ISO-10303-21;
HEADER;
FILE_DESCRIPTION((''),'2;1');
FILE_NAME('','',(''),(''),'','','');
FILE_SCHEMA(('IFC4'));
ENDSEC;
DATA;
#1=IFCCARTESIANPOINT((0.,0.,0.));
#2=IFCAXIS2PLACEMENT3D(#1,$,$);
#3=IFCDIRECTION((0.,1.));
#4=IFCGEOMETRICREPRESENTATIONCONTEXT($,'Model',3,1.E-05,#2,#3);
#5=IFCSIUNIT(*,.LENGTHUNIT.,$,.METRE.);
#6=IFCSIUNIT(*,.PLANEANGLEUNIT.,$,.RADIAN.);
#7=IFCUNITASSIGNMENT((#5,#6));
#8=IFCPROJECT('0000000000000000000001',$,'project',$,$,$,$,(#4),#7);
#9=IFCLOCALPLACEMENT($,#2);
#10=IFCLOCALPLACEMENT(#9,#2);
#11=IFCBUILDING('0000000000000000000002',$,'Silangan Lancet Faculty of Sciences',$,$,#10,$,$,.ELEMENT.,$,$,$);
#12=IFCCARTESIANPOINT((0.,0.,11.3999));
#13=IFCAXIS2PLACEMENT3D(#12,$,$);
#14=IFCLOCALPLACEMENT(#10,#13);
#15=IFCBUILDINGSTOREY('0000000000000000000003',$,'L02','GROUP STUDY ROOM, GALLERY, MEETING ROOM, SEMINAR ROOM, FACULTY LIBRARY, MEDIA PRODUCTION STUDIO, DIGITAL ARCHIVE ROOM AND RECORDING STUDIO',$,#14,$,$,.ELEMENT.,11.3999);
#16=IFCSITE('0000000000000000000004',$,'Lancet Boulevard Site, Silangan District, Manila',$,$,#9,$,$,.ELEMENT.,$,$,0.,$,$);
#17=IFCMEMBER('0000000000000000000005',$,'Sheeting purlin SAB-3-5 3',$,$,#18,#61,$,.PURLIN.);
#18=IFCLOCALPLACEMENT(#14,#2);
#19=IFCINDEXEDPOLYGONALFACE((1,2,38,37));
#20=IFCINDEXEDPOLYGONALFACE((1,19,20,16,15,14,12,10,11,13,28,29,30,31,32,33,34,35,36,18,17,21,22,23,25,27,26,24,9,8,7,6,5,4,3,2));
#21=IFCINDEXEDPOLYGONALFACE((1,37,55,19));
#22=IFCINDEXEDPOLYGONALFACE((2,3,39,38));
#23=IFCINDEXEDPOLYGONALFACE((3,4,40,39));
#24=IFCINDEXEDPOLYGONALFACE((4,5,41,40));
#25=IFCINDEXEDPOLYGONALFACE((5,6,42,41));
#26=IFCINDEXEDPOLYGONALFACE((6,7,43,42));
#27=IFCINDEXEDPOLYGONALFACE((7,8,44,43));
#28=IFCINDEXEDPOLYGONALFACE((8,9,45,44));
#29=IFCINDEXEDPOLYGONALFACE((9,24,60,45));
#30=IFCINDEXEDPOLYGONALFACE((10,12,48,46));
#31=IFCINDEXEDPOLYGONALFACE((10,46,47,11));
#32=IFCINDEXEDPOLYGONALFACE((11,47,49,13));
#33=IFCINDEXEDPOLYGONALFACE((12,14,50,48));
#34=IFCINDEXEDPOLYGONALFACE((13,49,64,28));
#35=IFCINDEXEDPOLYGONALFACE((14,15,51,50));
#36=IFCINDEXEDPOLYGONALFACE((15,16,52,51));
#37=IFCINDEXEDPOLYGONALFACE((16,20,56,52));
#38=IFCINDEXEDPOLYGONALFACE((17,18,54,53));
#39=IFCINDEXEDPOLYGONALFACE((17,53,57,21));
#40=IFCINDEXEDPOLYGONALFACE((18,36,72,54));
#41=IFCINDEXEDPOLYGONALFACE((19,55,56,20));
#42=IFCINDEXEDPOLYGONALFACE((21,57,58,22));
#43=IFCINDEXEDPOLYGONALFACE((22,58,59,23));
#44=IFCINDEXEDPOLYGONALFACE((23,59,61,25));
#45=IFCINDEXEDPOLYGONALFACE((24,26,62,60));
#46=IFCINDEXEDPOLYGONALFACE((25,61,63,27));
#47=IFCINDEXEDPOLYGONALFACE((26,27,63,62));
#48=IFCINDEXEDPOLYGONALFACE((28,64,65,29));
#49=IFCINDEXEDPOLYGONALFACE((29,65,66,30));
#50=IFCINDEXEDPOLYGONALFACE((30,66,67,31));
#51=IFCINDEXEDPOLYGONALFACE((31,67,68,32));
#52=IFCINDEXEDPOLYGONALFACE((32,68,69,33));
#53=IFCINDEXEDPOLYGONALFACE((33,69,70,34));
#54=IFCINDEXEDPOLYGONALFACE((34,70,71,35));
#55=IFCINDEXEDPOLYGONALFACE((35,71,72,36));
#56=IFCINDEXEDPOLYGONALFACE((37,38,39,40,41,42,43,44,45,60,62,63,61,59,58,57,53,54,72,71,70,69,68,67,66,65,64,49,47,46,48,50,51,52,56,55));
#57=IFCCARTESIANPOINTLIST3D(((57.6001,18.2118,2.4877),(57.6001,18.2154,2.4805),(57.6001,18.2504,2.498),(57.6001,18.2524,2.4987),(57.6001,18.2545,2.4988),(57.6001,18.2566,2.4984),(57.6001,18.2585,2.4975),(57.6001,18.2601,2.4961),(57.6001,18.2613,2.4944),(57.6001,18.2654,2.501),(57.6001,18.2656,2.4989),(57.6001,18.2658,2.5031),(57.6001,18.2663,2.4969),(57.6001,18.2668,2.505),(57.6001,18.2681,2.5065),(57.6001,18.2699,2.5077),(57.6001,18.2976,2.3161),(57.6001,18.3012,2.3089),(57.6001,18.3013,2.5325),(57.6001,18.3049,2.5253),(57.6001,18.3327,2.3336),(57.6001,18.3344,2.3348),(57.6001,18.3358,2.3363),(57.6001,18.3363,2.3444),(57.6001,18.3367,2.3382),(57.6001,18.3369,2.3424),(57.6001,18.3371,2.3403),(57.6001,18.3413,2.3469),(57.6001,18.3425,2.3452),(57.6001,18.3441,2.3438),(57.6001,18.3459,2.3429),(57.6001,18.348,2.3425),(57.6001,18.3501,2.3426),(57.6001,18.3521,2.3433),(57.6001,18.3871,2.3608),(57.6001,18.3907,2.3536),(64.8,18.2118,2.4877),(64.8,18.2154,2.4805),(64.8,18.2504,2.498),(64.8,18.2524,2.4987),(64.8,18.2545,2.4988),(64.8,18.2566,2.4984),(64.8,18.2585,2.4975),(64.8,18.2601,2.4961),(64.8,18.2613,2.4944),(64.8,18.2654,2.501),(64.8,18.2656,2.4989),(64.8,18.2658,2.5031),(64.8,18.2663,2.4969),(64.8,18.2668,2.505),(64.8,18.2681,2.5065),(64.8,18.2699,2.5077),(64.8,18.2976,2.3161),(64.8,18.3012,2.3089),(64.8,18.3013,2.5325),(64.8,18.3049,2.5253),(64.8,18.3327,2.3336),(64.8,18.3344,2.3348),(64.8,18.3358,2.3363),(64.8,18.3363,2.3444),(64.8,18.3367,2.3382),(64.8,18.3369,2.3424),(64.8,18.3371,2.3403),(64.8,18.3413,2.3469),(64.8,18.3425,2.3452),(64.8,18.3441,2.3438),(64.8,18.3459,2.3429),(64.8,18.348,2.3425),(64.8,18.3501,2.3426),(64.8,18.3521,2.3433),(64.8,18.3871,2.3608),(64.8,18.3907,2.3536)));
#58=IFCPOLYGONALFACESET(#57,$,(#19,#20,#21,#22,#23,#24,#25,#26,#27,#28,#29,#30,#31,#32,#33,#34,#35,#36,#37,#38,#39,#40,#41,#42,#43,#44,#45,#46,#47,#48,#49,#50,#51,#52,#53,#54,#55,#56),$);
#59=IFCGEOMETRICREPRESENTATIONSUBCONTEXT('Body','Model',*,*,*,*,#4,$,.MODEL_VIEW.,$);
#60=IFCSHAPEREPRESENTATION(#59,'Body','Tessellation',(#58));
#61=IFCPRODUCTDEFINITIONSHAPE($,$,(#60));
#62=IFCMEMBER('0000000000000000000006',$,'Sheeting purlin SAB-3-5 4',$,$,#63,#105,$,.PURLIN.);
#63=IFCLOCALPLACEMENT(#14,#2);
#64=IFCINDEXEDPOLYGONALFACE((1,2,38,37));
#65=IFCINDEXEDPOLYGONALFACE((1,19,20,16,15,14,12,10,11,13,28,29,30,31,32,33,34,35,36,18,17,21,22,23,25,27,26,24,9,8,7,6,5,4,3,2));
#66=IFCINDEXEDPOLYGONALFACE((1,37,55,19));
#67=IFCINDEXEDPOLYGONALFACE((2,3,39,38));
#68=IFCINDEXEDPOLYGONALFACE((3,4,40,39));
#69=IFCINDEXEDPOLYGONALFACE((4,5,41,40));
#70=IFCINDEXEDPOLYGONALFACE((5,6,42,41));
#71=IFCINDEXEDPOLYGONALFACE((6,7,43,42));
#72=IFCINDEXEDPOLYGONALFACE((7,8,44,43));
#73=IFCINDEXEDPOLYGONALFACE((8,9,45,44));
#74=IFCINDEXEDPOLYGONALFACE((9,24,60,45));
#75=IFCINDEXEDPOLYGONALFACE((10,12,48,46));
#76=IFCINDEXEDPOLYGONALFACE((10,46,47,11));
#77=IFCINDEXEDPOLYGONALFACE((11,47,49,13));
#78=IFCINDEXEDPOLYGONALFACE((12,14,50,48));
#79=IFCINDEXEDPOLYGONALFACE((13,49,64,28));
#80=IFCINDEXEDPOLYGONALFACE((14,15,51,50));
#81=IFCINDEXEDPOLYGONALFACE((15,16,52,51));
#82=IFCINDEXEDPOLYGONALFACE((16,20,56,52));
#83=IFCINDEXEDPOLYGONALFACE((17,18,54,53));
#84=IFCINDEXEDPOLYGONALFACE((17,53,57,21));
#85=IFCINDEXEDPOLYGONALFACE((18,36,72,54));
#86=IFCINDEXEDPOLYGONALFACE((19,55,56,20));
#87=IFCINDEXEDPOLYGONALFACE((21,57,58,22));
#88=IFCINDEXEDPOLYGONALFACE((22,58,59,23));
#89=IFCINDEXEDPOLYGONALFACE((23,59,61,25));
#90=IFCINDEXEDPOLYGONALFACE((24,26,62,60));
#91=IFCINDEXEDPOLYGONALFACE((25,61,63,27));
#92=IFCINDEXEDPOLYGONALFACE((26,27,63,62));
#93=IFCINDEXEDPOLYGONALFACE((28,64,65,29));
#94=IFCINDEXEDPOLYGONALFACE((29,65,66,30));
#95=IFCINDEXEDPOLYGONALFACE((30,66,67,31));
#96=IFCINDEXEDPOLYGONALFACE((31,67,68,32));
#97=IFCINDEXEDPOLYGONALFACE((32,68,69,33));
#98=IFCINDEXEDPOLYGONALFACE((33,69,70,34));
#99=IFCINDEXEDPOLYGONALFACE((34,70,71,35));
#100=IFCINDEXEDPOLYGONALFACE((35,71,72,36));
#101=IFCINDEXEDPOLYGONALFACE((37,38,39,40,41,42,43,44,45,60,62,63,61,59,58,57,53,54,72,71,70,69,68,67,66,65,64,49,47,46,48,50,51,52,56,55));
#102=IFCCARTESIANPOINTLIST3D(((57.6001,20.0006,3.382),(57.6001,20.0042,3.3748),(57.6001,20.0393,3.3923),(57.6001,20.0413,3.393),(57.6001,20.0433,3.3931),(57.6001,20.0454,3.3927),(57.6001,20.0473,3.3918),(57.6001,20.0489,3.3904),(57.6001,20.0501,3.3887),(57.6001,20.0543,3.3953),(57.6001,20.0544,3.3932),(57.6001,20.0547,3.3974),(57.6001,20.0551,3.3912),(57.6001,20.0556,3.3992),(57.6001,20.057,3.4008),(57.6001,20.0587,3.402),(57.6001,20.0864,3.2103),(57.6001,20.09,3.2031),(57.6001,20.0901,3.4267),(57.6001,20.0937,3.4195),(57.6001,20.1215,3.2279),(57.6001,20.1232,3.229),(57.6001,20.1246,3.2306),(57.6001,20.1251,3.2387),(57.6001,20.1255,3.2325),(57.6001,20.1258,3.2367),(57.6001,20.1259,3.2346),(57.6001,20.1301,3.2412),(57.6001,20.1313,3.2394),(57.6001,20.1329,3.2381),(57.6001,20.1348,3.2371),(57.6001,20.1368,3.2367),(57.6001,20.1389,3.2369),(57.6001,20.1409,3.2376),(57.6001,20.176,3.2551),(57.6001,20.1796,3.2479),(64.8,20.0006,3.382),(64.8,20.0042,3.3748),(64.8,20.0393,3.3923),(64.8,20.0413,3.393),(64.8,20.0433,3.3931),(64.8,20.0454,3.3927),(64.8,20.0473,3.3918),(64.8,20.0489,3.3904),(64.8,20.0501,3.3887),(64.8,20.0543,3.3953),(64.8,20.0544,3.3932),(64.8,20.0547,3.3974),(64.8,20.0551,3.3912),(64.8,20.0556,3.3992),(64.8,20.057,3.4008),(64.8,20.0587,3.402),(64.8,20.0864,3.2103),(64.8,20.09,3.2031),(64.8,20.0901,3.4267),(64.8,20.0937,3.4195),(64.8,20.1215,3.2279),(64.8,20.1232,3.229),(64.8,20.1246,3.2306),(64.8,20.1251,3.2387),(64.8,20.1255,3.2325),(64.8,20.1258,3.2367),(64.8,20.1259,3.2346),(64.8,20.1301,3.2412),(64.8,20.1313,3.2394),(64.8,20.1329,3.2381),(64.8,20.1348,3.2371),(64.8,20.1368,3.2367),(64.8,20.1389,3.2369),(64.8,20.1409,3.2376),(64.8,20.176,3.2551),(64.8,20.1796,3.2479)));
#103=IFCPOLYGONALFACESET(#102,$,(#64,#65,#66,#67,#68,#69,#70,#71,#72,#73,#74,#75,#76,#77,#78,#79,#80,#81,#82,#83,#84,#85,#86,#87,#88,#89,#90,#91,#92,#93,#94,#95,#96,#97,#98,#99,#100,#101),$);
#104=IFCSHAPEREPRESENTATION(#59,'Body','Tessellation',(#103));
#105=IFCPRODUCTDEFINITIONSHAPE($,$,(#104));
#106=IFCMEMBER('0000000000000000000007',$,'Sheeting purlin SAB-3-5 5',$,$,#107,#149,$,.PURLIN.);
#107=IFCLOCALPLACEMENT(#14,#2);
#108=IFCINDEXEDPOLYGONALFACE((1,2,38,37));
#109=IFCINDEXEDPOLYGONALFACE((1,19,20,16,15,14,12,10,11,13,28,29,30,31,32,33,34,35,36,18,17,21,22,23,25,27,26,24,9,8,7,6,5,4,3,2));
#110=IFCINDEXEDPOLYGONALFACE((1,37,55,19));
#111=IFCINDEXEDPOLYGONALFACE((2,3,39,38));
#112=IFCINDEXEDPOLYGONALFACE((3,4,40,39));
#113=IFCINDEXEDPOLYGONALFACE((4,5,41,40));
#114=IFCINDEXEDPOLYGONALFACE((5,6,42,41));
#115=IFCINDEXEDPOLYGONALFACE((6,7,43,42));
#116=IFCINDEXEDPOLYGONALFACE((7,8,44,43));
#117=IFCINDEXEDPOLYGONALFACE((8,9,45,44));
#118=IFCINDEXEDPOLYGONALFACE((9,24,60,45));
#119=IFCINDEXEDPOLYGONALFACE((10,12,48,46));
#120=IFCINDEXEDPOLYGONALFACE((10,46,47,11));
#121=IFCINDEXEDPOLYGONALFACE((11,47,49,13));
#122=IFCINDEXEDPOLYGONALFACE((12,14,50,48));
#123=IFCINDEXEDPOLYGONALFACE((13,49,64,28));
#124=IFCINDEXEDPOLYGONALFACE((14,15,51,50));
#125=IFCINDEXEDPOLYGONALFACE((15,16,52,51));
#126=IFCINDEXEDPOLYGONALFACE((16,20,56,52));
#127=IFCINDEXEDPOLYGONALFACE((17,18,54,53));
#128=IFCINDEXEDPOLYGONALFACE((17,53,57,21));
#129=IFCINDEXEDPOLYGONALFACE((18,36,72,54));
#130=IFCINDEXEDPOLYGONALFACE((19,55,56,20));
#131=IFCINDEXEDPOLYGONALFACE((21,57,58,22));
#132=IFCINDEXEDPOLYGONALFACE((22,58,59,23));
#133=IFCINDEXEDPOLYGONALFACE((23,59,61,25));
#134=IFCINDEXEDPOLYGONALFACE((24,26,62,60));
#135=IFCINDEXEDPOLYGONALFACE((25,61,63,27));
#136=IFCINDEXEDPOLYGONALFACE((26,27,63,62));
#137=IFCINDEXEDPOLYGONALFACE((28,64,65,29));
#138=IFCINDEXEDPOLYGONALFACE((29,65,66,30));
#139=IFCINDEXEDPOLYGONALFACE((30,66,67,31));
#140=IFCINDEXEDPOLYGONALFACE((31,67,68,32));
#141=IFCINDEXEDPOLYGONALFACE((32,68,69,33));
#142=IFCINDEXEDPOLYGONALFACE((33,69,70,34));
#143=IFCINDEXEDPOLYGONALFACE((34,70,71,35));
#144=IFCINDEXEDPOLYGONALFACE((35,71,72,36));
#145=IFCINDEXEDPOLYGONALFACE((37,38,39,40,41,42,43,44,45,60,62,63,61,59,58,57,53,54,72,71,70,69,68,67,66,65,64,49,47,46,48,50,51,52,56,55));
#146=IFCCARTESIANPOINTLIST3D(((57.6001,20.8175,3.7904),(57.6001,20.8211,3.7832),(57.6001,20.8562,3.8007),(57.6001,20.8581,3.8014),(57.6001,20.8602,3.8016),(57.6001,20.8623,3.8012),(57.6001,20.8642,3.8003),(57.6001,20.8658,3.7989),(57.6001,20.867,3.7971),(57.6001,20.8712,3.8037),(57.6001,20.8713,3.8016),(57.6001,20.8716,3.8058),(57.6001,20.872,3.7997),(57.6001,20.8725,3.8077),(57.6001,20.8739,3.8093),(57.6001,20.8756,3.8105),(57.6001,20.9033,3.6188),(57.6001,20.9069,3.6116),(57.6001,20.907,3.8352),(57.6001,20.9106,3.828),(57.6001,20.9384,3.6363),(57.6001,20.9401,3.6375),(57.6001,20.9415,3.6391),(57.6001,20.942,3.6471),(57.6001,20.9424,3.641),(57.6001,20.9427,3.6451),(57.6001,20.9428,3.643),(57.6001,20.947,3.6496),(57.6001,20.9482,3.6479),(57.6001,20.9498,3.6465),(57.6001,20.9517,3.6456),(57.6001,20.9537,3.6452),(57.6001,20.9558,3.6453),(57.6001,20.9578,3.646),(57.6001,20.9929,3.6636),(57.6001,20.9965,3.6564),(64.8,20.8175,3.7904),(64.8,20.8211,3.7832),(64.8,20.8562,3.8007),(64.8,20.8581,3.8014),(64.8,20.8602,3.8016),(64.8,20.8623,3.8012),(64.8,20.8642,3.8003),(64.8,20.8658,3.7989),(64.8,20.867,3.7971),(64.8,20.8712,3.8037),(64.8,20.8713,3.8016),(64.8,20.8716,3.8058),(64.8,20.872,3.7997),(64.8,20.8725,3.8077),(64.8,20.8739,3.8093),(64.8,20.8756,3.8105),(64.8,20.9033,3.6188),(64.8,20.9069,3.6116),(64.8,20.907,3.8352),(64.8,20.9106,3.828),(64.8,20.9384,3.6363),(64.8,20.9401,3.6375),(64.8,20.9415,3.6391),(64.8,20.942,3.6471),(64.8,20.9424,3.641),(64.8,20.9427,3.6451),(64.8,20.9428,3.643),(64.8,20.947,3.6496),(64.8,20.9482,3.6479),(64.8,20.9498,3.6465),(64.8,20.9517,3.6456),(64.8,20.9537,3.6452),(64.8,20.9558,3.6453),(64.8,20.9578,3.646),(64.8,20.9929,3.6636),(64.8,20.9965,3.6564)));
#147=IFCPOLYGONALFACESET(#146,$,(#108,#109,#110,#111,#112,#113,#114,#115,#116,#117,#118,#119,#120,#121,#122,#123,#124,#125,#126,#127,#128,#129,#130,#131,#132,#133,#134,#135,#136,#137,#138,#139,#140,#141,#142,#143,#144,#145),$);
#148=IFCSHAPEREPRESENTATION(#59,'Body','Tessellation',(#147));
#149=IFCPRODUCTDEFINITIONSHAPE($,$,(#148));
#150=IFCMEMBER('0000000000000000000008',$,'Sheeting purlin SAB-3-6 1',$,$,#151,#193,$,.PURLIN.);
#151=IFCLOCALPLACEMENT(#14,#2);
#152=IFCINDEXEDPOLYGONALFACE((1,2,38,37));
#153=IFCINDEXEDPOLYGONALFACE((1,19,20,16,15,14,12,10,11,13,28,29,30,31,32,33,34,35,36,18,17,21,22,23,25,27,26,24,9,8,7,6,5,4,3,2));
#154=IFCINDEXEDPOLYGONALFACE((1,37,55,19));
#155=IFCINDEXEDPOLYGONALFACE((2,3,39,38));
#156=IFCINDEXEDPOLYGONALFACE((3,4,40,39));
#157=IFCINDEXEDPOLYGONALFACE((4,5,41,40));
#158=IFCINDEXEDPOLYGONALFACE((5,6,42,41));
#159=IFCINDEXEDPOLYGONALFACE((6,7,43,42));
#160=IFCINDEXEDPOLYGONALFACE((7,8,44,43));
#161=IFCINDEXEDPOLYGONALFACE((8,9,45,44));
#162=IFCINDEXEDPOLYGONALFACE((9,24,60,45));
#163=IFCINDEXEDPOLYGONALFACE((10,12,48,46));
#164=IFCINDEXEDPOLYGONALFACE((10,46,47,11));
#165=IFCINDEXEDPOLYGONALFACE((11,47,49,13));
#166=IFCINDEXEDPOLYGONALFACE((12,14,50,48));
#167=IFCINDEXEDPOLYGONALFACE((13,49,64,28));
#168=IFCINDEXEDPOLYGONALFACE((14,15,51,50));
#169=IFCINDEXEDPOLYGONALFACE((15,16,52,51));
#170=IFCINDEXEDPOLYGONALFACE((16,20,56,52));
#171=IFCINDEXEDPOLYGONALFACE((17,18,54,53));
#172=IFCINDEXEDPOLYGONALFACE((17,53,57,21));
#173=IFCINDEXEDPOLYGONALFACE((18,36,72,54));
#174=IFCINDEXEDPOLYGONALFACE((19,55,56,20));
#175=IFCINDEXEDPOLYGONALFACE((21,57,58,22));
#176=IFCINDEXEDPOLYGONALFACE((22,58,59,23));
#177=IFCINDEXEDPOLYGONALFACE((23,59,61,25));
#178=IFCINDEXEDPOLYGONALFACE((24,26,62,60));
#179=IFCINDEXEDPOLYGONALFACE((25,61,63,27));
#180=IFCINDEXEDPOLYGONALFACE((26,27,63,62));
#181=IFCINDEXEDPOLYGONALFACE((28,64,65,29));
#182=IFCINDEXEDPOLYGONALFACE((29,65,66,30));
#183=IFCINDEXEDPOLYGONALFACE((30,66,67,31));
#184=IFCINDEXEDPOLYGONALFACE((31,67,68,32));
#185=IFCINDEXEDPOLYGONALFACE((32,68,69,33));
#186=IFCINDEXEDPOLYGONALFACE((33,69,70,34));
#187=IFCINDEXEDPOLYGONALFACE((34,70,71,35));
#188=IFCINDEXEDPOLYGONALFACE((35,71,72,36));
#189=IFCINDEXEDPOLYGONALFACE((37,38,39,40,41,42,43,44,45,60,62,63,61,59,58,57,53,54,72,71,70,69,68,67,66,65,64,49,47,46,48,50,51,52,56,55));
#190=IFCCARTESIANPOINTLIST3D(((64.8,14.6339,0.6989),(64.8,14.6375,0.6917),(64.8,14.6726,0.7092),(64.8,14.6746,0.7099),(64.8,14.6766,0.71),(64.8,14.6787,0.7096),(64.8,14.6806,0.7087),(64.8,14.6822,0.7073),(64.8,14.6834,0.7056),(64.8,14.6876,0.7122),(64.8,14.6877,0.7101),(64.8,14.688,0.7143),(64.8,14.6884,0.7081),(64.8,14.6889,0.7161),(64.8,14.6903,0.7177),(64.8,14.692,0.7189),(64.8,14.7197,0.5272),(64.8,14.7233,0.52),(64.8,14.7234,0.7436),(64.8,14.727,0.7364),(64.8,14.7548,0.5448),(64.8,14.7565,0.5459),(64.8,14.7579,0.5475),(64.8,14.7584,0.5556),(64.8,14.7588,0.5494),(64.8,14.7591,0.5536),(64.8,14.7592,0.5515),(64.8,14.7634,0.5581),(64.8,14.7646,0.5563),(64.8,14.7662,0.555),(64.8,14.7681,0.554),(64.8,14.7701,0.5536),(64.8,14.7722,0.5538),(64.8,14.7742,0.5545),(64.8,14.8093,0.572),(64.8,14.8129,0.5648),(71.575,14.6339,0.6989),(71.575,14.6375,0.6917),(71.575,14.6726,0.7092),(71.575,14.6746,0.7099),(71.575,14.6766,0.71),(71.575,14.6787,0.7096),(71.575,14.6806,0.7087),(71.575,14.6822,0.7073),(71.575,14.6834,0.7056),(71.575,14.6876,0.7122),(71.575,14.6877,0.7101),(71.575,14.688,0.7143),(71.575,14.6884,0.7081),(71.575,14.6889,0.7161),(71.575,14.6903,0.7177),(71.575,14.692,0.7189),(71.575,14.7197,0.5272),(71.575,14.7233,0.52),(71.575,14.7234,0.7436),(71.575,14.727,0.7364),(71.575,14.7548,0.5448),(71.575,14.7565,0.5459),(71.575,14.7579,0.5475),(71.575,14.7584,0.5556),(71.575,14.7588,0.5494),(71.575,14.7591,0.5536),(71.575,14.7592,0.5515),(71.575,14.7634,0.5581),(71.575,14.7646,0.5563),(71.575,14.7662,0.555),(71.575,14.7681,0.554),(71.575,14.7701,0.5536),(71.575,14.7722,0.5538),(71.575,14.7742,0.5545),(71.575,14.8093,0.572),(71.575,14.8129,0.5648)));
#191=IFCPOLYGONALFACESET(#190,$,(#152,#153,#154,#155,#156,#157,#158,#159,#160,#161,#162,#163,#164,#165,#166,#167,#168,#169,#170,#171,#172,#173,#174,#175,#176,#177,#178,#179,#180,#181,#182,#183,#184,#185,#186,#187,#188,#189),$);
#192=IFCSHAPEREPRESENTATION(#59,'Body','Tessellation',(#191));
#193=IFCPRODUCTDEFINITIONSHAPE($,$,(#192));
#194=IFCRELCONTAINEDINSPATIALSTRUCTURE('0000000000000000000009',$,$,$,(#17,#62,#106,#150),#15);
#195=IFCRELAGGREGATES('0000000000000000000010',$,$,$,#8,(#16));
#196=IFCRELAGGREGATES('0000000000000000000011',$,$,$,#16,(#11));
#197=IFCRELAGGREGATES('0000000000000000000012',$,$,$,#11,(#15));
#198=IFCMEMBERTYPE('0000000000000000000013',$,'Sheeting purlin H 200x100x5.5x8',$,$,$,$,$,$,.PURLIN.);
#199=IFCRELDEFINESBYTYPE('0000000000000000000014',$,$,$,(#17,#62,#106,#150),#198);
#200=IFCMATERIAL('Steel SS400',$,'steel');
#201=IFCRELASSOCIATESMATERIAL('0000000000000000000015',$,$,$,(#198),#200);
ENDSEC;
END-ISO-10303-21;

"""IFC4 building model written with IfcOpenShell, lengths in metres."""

from ifc_helpers import new_model, si_unit, direction, frame, origin, origin_2d, place, context, subcontext, project, spatial, i_section, extrude, material, material_profile, profile_set, type_object, element, save


model = new_model("IFC4")

# Units and contexts
model_context = context("Model", 3, precision=1e-05, world=origin(), true_north=direction((0.0, 1.0)))
body_context = subcontext(model_context, "Body", "Model", "MODEL_VIEW")
ifc_project = project(units=[si_unit("LENGTHUNIT", "METRE"), si_unit("PLANEANGLEUNIT", "RADIAN")], contexts=[model_context])

# Site, building, storey
site_placement = place(None, origin())
site = spatial("IfcSite", under=ifc_project, at=site_placement, Name="Lancet Boulevard Site, Silangan District, Manila", CompositionType="ELEMENT", RefElevation=0.0)
building_placement = place(site_placement, origin())
building = spatial("IfcBuilding", under=site, at=building_placement, Name="Silangan Lancet Faculty of Sciences", CompositionType="ELEMENT")
storey_placement = place(building_placement, frame((0.0, 0.0, 11.3999)))
storey = spatial("IfcBuildingStorey", under=building, at=storey_placement, Name="L02", Description="GROUP STUDY ROOM, GALLERY, MEETING ROOM, SEMINAR ROOM, FACULTY LIBRARY, MEDIA PRODUCTION STUDIO, DIGITAL ARCHIVE ROOM AND RECORDING STUDIO", CompositionType="ELEMENT", Elevation=11.3999)

# Members
ifc_material_1 = material(Name="Steel SS400", Category="steel")
ifc_material_profile_1 = material_profile(ifc_material_1, i_section(OverallWidth=0.1001, OverallDepth=0.2, WebThickness=0.0056, FlangeThickness=0.0081, FilletRadius=0.0081, at=origin_2d()), Name="H 200x100x5.5x8")
ifc_profile_set_1 = profile_set([ifc_material_profile_1], Name="Steel SS400")
member_type_1 = type_object("IfcMemberType", Name="Sheeting purlin H 200x100x5.5x8", PredefinedType="PURLIN", material=ifc_profile_set_1)
for number, where, z_axis, x_axis, name in (
    (1, (57.6001, 18.3013, 2.4207), (1.0, 0.0, 0.0), (0.0, 0.894427, 0.447214), "Sheeting purlin SAB-3-5 3"),
    (2, (57.6001, 20.0901, 3.3149), (1.0, 0.0, 0.0), (0.0, 0.894427, 0.447214), "Sheeting purlin SAB-3-5 4"),
    (3, (57.6001, 20.907, 3.7234), (1.0, 0.0, 0.0), (0.0, 0.894427, 0.447214), "Sheeting purlin SAB-3-5 5"),
):
    element("IfcMember", number, at=place(storey_placement, frame(where, z_axis=z_axis, x_axis=x_axis)), inside=storey, type_object=member_type_1, Name=name, PredefinedType="PURLIN", context=body_context, shape_type="SweptSolid", body=[
        extrude(i_section(OverallWidth=0.1001, OverallDepth=0.2, WebThickness=0.0056, FlangeThickness=0.0081, FilletRadius=0.0081, at=origin_2d()), origin(), (0.0, 0.0, 1.0), 7.2),
    ])
for number, where, z_axis, x_axis, name in (
    (4, (64.8, 14.7234, 0.6318), (1.0, 0.0, 0.0), (0.0, 0.894427, 0.447214), "Sheeting purlin SAB-3-6 1"),
):
    element("IfcMember", number, at=place(storey_placement, frame(where, z_axis=z_axis, x_axis=x_axis)), inside=storey, type_object=member_type_1, Name=name, PredefinedType="PURLIN", context=body_context, shape_type="SweptSolid", body=[
        extrude(i_section(OverallWidth=0.1001, OverallDepth=0.2, WebThickness=0.0056, FlangeThickness=0.0081, FilletRadius=0.0081, at=origin_2d()), origin(), (0.0, 0.0, 1.0), 6.7749),
    ])

save(model, "model.ifc")
